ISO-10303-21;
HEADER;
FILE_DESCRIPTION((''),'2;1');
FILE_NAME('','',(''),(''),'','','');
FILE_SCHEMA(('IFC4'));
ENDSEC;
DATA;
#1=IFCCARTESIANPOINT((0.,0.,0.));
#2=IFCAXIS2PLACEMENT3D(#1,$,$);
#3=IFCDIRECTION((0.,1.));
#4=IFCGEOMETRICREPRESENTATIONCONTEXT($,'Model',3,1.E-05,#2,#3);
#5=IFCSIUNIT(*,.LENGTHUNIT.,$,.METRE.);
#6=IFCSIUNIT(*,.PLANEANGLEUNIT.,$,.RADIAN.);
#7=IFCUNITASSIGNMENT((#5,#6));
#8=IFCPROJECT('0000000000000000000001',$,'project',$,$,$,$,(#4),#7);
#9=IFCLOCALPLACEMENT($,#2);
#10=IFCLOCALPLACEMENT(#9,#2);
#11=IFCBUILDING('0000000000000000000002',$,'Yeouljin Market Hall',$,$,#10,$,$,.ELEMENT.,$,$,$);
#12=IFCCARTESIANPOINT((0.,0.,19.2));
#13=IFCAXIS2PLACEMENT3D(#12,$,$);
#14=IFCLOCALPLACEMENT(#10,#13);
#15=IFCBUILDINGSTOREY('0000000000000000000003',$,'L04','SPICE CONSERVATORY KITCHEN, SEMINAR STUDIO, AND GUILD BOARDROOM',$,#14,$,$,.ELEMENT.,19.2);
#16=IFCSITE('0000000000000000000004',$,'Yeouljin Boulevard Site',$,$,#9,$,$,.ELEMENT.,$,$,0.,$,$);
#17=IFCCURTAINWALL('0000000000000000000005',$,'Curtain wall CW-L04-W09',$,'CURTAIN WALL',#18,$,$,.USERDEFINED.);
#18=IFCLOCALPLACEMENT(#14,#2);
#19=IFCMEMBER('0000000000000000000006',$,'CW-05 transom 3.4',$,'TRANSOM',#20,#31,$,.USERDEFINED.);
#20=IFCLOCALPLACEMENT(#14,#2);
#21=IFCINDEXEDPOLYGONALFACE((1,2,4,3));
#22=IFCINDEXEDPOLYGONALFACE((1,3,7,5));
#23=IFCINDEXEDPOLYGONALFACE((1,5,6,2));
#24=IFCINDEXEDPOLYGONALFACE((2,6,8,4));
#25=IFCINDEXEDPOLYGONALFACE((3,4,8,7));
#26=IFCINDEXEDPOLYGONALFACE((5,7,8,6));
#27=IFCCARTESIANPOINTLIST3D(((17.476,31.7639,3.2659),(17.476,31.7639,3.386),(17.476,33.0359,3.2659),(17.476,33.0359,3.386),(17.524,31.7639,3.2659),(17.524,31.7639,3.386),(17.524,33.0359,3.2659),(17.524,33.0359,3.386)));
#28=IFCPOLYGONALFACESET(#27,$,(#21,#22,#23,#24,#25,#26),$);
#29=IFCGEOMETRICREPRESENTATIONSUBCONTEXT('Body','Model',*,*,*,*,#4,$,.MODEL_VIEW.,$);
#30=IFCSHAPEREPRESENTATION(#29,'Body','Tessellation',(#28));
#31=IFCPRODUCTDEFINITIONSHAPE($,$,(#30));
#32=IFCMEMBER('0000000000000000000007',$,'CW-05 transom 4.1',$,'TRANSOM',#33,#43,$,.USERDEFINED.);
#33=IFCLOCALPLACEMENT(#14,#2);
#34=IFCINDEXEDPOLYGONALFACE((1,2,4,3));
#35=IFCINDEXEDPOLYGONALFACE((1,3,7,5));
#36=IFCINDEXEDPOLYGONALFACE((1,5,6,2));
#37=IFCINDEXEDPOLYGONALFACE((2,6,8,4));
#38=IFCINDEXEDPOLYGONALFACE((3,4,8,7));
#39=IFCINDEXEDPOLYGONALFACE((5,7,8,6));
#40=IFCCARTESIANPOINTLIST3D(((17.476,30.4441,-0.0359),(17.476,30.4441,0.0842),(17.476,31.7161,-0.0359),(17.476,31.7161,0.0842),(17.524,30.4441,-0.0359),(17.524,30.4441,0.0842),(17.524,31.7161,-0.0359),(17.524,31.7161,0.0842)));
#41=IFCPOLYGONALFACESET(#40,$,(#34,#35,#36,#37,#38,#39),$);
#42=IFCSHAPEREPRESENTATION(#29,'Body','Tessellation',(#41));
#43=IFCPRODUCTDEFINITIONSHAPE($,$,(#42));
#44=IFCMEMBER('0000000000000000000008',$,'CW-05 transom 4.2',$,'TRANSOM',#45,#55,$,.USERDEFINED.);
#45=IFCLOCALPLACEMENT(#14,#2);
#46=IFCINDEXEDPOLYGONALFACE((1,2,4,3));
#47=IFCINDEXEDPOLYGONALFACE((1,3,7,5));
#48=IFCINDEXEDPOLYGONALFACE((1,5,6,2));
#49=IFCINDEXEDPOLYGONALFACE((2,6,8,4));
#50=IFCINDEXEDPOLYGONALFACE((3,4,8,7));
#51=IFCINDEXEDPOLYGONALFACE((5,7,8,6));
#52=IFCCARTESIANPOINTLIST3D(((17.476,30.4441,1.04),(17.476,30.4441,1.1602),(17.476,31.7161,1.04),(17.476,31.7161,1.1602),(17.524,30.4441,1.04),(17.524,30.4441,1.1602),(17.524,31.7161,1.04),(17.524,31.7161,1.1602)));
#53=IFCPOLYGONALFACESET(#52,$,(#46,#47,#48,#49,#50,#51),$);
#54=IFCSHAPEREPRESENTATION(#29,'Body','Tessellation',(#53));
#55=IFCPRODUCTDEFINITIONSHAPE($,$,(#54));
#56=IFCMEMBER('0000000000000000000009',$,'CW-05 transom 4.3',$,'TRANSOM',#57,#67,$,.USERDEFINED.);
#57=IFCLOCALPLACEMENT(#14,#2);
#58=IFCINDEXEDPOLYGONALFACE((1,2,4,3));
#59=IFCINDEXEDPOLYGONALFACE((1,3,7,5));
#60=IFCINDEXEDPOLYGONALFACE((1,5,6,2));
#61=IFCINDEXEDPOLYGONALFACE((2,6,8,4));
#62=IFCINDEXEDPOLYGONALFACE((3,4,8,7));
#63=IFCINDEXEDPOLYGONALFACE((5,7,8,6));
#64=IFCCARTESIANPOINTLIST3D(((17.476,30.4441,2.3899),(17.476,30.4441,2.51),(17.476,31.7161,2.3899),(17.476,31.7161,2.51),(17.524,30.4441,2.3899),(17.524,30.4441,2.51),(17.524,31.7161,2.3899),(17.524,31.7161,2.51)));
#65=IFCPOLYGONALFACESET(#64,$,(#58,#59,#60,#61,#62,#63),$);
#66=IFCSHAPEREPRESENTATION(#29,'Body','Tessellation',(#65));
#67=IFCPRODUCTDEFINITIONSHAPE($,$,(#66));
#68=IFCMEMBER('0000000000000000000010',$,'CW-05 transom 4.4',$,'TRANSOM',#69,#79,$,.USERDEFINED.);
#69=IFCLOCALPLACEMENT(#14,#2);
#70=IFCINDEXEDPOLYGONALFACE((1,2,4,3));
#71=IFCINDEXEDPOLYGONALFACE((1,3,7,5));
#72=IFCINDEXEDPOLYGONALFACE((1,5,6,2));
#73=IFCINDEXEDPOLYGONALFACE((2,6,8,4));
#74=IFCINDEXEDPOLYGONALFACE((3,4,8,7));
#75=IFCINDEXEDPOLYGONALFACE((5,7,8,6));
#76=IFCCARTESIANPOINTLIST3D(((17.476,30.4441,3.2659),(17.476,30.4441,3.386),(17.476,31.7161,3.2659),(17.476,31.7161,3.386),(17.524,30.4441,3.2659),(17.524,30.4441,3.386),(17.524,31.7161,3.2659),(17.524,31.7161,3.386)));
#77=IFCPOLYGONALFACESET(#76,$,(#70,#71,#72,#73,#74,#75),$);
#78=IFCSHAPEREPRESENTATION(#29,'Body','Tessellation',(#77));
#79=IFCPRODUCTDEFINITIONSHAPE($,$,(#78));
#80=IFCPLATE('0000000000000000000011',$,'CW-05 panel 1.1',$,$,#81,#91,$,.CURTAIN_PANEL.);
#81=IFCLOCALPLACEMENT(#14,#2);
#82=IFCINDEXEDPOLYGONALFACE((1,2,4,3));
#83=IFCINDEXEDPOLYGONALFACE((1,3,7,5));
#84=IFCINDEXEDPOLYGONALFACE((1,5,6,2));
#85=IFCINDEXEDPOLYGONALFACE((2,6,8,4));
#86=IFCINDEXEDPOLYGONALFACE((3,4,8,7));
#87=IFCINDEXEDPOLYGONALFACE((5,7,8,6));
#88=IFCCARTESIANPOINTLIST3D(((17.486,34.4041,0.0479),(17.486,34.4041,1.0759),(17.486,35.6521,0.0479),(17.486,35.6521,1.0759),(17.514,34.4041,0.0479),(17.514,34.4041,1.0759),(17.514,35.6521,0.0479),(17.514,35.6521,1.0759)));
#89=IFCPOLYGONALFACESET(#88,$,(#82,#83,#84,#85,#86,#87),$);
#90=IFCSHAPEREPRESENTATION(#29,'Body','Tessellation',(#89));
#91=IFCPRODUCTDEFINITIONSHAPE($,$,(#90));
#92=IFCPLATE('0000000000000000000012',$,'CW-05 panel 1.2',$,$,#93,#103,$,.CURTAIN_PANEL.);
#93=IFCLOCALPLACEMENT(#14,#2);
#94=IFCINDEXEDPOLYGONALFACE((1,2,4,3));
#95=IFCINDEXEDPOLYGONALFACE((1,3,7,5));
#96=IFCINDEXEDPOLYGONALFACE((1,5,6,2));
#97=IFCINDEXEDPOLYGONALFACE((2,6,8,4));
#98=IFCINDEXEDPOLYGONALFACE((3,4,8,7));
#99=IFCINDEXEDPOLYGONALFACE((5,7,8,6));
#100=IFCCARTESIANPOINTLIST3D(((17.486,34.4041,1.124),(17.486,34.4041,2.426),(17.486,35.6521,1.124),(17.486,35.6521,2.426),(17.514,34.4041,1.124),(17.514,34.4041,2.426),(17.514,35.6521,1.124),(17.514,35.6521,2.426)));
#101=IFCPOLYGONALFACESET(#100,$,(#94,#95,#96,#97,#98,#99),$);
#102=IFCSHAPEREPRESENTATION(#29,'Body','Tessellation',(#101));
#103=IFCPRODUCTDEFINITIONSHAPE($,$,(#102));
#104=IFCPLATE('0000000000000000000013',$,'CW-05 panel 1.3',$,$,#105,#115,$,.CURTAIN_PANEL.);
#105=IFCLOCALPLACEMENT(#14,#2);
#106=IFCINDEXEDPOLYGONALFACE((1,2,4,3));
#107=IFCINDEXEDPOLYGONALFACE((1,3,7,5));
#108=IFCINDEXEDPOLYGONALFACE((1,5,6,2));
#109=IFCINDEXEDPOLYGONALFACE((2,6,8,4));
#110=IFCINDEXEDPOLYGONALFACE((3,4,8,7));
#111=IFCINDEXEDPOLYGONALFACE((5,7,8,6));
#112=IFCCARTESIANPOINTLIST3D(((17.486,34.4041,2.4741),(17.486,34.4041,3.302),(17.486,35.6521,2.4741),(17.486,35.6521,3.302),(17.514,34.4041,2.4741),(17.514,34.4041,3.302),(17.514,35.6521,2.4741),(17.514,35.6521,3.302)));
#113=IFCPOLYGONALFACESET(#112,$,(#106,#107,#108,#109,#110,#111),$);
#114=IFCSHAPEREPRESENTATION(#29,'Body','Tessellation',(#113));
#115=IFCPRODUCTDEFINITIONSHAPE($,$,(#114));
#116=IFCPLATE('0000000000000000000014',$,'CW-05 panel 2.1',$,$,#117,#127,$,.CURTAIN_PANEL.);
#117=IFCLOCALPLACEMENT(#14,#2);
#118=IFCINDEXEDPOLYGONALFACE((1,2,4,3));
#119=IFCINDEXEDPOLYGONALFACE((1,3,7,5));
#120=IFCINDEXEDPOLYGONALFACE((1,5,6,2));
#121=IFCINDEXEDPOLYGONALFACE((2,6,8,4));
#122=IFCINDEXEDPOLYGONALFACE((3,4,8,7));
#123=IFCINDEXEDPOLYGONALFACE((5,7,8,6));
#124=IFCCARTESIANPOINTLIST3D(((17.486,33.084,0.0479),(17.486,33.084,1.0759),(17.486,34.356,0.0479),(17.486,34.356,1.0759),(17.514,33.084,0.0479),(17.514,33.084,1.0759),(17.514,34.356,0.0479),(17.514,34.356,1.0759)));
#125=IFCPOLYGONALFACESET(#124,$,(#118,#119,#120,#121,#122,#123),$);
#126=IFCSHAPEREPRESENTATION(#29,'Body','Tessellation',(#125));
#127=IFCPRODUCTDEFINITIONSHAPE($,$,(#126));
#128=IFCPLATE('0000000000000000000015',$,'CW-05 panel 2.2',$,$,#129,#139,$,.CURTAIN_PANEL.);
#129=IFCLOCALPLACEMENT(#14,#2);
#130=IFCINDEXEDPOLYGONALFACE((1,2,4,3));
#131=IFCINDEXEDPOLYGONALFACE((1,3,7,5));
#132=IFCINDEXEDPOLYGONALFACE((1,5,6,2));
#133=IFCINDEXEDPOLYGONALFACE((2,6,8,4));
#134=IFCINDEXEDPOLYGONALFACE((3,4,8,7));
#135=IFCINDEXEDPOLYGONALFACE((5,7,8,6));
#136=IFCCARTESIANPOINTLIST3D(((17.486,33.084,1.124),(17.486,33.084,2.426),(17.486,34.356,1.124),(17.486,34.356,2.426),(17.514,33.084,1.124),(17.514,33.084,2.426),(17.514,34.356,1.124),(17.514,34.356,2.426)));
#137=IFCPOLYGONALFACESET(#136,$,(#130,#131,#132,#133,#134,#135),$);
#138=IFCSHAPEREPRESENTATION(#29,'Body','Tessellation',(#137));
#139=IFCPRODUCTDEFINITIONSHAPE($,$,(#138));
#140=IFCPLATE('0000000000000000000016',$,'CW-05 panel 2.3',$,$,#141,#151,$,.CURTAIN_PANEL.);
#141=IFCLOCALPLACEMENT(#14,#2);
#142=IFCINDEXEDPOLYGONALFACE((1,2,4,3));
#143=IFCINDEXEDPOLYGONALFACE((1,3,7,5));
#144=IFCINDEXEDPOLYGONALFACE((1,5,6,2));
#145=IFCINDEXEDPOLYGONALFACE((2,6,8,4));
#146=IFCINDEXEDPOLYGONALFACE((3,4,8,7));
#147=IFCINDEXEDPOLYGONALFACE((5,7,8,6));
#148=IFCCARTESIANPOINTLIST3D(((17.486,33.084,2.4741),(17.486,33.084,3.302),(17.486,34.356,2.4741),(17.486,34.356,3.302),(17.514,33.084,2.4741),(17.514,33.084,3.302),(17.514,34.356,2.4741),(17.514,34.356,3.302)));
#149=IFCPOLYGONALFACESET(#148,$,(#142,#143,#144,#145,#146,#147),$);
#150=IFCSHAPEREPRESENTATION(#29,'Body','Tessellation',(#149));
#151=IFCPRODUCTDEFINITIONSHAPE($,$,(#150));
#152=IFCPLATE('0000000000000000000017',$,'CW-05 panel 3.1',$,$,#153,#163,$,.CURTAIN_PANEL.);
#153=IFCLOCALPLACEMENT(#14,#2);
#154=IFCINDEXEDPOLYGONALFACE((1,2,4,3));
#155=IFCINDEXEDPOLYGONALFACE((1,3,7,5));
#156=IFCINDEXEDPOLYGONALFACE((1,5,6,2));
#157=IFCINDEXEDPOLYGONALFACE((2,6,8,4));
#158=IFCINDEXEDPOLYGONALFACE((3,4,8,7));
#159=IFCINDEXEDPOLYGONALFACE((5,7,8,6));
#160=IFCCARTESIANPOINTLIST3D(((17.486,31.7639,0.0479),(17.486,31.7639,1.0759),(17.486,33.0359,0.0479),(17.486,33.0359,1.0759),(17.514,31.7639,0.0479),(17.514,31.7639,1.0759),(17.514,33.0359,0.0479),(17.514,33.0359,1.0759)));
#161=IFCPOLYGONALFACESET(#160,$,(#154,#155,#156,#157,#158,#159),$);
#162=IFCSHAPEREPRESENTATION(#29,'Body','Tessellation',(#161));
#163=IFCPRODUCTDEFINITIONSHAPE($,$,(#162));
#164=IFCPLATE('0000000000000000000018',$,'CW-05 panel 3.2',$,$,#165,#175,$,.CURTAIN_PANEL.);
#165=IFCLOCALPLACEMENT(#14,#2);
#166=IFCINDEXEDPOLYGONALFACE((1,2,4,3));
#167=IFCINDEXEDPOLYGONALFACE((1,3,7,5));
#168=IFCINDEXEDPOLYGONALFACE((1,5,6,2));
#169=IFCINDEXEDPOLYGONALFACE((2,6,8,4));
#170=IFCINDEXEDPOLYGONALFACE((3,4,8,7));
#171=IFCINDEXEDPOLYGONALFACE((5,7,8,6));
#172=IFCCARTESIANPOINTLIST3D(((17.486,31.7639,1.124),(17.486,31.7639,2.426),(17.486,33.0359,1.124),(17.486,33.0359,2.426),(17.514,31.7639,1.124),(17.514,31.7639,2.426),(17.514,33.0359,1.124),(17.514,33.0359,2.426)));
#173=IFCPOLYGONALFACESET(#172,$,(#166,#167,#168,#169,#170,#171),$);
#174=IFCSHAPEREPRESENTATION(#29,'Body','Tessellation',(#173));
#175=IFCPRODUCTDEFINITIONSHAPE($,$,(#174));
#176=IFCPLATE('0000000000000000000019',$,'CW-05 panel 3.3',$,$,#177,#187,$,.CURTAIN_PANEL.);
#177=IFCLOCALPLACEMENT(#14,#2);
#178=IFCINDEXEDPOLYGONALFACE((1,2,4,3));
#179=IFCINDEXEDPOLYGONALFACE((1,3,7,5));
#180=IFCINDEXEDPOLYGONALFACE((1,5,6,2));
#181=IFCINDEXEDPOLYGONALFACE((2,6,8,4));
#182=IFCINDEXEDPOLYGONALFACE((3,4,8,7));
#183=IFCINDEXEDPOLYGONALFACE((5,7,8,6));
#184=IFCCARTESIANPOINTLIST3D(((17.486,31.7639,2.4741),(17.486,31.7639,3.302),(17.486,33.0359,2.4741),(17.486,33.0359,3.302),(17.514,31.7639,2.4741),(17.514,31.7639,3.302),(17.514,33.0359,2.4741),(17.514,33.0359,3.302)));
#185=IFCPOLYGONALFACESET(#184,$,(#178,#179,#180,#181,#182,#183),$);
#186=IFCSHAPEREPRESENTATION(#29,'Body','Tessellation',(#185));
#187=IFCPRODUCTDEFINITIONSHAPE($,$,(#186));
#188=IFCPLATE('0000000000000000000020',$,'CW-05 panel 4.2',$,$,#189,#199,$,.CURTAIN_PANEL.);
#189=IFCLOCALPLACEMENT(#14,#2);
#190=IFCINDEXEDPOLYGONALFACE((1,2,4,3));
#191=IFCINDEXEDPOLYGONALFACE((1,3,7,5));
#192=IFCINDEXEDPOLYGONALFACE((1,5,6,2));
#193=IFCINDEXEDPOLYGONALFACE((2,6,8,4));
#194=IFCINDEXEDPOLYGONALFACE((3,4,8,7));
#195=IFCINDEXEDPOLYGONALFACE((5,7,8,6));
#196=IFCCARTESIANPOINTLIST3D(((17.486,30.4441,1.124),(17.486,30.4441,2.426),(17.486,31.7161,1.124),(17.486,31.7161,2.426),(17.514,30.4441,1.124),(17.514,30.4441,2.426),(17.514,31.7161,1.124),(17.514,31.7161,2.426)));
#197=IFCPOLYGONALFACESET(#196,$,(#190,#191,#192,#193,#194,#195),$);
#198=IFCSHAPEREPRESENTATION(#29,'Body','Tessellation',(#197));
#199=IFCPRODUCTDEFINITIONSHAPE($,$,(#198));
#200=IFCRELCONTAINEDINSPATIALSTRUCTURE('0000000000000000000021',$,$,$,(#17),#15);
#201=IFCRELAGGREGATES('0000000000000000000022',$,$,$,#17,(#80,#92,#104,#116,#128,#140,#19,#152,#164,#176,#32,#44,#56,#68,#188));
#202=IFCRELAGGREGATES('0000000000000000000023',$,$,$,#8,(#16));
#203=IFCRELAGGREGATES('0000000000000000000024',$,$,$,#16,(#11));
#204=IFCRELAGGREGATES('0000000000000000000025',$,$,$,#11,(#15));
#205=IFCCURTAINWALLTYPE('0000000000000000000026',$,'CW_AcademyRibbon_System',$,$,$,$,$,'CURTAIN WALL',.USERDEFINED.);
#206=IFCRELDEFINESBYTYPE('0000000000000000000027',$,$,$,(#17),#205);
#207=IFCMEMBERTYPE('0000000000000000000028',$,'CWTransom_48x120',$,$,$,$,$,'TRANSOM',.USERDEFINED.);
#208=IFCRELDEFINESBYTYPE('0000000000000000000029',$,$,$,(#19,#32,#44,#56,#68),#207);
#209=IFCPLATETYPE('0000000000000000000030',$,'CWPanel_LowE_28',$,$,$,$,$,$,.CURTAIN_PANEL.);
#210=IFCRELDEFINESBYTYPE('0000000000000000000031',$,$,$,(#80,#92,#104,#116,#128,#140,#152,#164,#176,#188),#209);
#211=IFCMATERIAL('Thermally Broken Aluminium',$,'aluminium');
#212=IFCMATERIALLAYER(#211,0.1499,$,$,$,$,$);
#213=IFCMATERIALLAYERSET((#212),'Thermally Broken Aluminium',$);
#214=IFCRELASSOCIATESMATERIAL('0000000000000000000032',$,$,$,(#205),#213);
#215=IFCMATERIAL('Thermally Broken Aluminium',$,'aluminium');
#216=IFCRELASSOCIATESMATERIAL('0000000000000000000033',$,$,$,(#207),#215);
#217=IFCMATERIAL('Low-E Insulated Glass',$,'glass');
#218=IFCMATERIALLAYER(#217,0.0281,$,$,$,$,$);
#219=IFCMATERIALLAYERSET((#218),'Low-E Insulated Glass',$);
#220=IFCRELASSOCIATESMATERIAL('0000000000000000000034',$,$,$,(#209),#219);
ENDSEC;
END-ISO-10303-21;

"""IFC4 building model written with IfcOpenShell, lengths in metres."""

from ifc_helpers import new_model, si_unit, direction, frame, origin, origin_2d, place, context, subcontext, project, spatial, rectangle, extrude, material, layer, layer_set, material_profile, profile_set, type_object, element, aggregate, save


model = new_model("IFC4")

# Units and contexts
model_context = context("Model", 3, precision=1e-05, world=origin(), true_north=direction((0.0, 1.0)))
body_context = subcontext(model_context, "Body", "Model", "MODEL_VIEW")
ifc_project = project(units=[si_unit("LENGTHUNIT", "METRE"), si_unit("PLANEANGLEUNIT", "RADIAN")], contexts=[model_context])

# Site, building, storey
site_placement = place(None, origin())
site = spatial("IfcSite", under=ifc_project, at=site_placement, Name="Yeouljin Boulevard Site", CompositionType="ELEMENT", RefElevation=0.0)
building_placement = place(site_placement, origin())
building = spatial("IfcBuilding", under=site, at=building_placement, Name="Yeouljin Market Hall", CompositionType="ELEMENT")
storey_placement = place(building_placement, frame((0.0, 0.0, 19.2)))
storey = spatial("IfcBuildingStorey", under=building, at=storey_placement, Name="L04", Description="SPICE CONSERVATORY KITCHEN, SEMINAR STUDIO, AND GUILD BOARDROOM", CompositionType="ELEMENT", Elevation=19.2)

# Curtain wall, members, plates
ifc_material_1 = material(Name="Thermally Broken Aluminium", Category="aluminium")
ifc_layer_1 = layer(ifc_material_1, 0.1499)
ifc_layer_set_1 = layer_set([ifc_layer_1], Name="Thermally Broken Aluminium")
curtain_wall_type = type_object("IfcCurtainWallType", Name="CW_AcademyRibbon_System", ElementType="CURTAIN WALL", PredefinedType="USERDEFINED", material=ifc_layer_set_1)
curtain_wall_placement = place(storey_placement, origin())
curtain_wall = element("IfcCurtainWall", 1, at=curtain_wall_placement, inside=storey, type_object=curtain_wall_type, Name="Curtain wall CW-L04-W09", ObjectType="CURTAIN WALL", PredefinedType="USERDEFINED")
ifc_material_2 = material(Name="Thermally Broken Aluminium", Category="aluminium")
ifc_material_profile_1 = material_profile(ifc_material_2, rectangle(XDim=0.0481, YDim=0.1201, at=origin_2d()), Name="CW-TRAN-48x120")
ifc_profile_set_1 = profile_set([ifc_material_profile_1], Name="Thermally Broken Aluminium")
member_type_1 = type_object("IfcMemberType", Name="CWTransom_48x120", ElementType="TRANSOM", PredefinedType="USERDEFINED", material=ifc_profile_set_1)
member_1_placement = place(storey_placement, frame((17.5, 33.0359, 3.3259), z_axis=(0.0, -1.0, 0.0), x_axis=(1.0, 0.0, 0.0)))
member_1 = element("IfcMember", 2, at=member_1_placement, type_object=member_type_1, Name="CW-05 transom 3.4", ObjectType="TRANSOM", PredefinedType="USERDEFINED", context=body_context, shape_type="SweptSolid", body=[
    extrude(rectangle(XDim=0.0481, YDim=0.1201, at=origin_2d()), origin(), (0.0, 0.0, 1.0), 1.272),
])
member_2_placement = place(storey_placement, frame((17.5, 31.7161, 0.0242), z_axis=(0.0, -1.0, 0.0), x_axis=(1.0, 0.0, 0.0)))
member_2 = element("IfcMember", 3, at=member_2_placement, type_object=member_type_1, Name="CW-05 transom 4.1", ObjectType="TRANSOM", PredefinedType="USERDEFINED", context=body_context, shape_type="SweptSolid", body=[
    extrude(rectangle(XDim=0.0481, YDim=0.1201, at=origin_2d()), origin(), (0.0, 0.0, 1.0), 1.272),
])
member_3_placement = place(storey_placement, frame((17.5, 31.7161, 1.1001), z_axis=(0.0, -1.0, 0.0), x_axis=(1.0, 0.0, 0.0)))
member_3 = element("IfcMember", 4, at=member_3_placement, type_object=member_type_1, Name="CW-05 transom 4.2", ObjectType="TRANSOM", PredefinedType="USERDEFINED", context=body_context, shape_type="SweptSolid", body=[
    extrude(rectangle(XDim=0.0481, YDim=0.1201, at=origin_2d()), origin(), (0.0, 0.0, 1.0), 1.272),
])
member_4_placement = place(storey_placement, frame((17.5, 31.7161, 2.45), z_axis=(0.0, -1.0, 0.0), x_axis=(1.0, 0.0, 0.0)))
member_4 = element("IfcMember", 5, at=member_4_placement, type_object=member_type_1, Name="CW-05 transom 4.3", ObjectType="TRANSOM", PredefinedType="USERDEFINED", context=body_context, shape_type="SweptSolid", body=[
    extrude(rectangle(XDim=0.0481, YDim=0.1201, at=origin_2d()), origin(), (0.0, 0.0, 1.0), 1.272),
])
member_5_placement = place(storey_placement, frame((17.5, 31.7161, 3.3259), z_axis=(0.0, -1.0, 0.0), x_axis=(1.0, 0.0, 0.0)))
member_5 = element("IfcMember", 6, at=member_5_placement, type_object=member_type_1, Name="CW-05 transom 4.4", ObjectType="TRANSOM", PredefinedType="USERDEFINED", context=body_context, shape_type="SweptSolid", body=[
    extrude(rectangle(XDim=0.0481, YDim=0.1201, at=origin_2d()), origin(), (0.0, 0.0, 1.0), 1.272),
])
ifc_material_3 = material(Name="Low-E Insulated Glass", Category="glass")
ifc_layer_2 = layer(ifc_material_3, 0.0281)
ifc_layer_set_2 = layer_set([ifc_layer_2], Name="Low-E Insulated Glass")
plate_type = type_object("IfcPlateType", Name="CWPanel_LowE_28", PredefinedType="CURTAIN_PANEL", material=ifc_layer_set_2)
plate_1_placement = place(storey_placement, frame((17.5, 35.0281, 0.0479), z_axis=(0.0, 0.0, 1.0), x_axis=(0.0, -1.0, 0.0)))
plate_1 = element("IfcPlate", 7, at=plate_1_placement, type_object=plate_type, Name="CW-05 panel 1.1", PredefinedType="CURTAIN_PANEL", context=body_context, shape_type="SweptSolid", body=[
    extrude(rectangle(XDim=1.248, YDim=0.0281, at=origin_2d()), origin(), (0.0, 0.0, 1.0), 1.0281),
])
plate_2_placement = place(storey_placement, frame((17.5, 35.0281, 1.124), z_axis=(0.0, 0.0, 1.0), x_axis=(0.0, -1.0, 0.0)))
plate_2 = element("IfcPlate", 8, at=plate_2_placement, type_object=plate_type, Name="CW-05 panel 1.2", PredefinedType="CURTAIN_PANEL", context=body_context, shape_type="SweptSolid", body=[
    extrude(rectangle(XDim=1.248, YDim=0.0281, at=origin_2d()), origin(), (0.0, 0.0, 1.0), 1.302),
])
plate_3_placement = place(storey_placement, frame((17.5, 35.0281, 2.4741), z_axis=(0.0, 0.0, 1.0), x_axis=(0.0, -1.0, 0.0)))
plate_3 = element("IfcPlate", 9, at=plate_3_placement, type_object=plate_type, Name="CW-05 panel 1.3", PredefinedType="CURTAIN_PANEL", context=body_context, shape_type="SweptSolid", body=[
    extrude(rectangle(XDim=1.248, YDim=0.0281, at=origin_2d()), origin(), (0.0, 0.0, 1.0), 0.8279),
])
plate_4_placement = place(storey_placement, frame((17.5, 33.72, 0.0479), z_axis=(0.0, 0.0, 1.0), x_axis=(0.0, -1.0, 0.0)))
plate_4 = element("IfcPlate", 10, at=plate_4_placement, type_object=plate_type, Name="CW-05 panel 2.1", PredefinedType="CURTAIN_PANEL", context=body_context, shape_type="SweptSolid", body=[
    extrude(rectangle(XDim=1.272, YDim=0.0281, at=origin_2d()), origin(), (0.0, 0.0, 1.0), 1.0281),
])
plate_5_placement = place(storey_placement, frame((17.5, 33.72, 1.124), z_axis=(0.0, 0.0, 1.0), x_axis=(0.0, -1.0, 0.0)))
plate_5 = element("IfcPlate", 11, at=plate_5_placement, type_object=plate_type, Name="CW-05 panel 2.2", PredefinedType="CURTAIN_PANEL", context=body_context, shape_type="SweptSolid", body=[
    extrude(rectangle(XDim=1.272, YDim=0.0281, at=origin_2d()), origin(), (0.0, 0.0, 1.0), 1.302),
])
plate_6_placement = place(storey_placement, frame((17.5, 33.72, 2.4741), z_axis=(0.0, 0.0, 1.0), x_axis=(0.0, -1.0, 0.0)))
plate_6 = element("IfcPlate", 12, at=plate_6_placement, type_object=plate_type, Name="CW-05 panel 2.3", PredefinedType="CURTAIN_PANEL", context=body_context, shape_type="SweptSolid", body=[
    extrude(rectangle(XDim=1.272, YDim=0.0281, at=origin_2d()), origin(), (0.0, 0.0, 1.0), 0.8279),
])
plate_7_placement = place(storey_placement, frame((17.5, 32.3999, 0.0479), z_axis=(0.0, 0.0, 1.0), x_axis=(0.0, -1.0, 0.0)))
plate_7 = element("IfcPlate", 13, at=plate_7_placement, type_object=plate_type, Name="CW-05 panel 3.1", PredefinedType="CURTAIN_PANEL", context=body_context, shape_type="SweptSolid", body=[
    extrude(rectangle(XDim=1.272, YDim=0.0281, at=origin_2d()), origin(), (0.0, 0.0, 1.0), 1.0281),
])
plate_8_placement = place(storey_placement, frame((17.5, 32.3999, 1.124), z_axis=(0.0, 0.0, 1.0), x_axis=(0.0, -1.0, 0.0)))
plate_8 = element("IfcPlate", 14, at=plate_8_placement, type_object=plate_type, Name="CW-05 panel 3.2", PredefinedType="CURTAIN_PANEL", context=body_context, shape_type="SweptSolid", body=[
    extrude(rectangle(XDim=1.272, YDim=0.0281, at=origin_2d()), origin(), (0.0, 0.0, 1.0), 1.302),
])
plate_9_placement = place(storey_placement, frame((17.5, 32.3999, 2.4741), z_axis=(0.0, 0.0, 1.0), x_axis=(0.0, -1.0, 0.0)))
plate_9 = element("IfcPlate", 15, at=plate_9_placement, type_object=plate_type, Name="CW-05 panel 3.3", PredefinedType="CURTAIN_PANEL", context=body_context, shape_type="SweptSolid", body=[
    extrude(rectangle(XDim=1.272, YDim=0.0281, at=origin_2d()), origin(), (0.0, 0.0, 1.0), 0.8279),
])
plate_10_placement = place(storey_placement, frame((17.5, 31.0801, 1.124), z_axis=(0.0, 0.0, 1.0), x_axis=(0.0, -1.0, 0.0)))
plate_10 = element("IfcPlate", 16, at=plate_10_placement, type_object=plate_type, Name="CW-05 panel 4.2", PredefinedType="CURTAIN_PANEL", context=body_context, shape_type="SweptSolid", body=[
    extrude(rectangle(XDim=1.272, YDim=0.0281, at=origin_2d()), origin(), (0.0, 0.0, 1.0), 1.302),
])
aggregate(curtain_wall, [plate_1, plate_2, plate_3, plate_4, plate_5, plate_6, member_1, plate_7, plate_8, plate_9, member_2, member_3, member_4, member_5, plate_10])

save(model, "model.ifc")
